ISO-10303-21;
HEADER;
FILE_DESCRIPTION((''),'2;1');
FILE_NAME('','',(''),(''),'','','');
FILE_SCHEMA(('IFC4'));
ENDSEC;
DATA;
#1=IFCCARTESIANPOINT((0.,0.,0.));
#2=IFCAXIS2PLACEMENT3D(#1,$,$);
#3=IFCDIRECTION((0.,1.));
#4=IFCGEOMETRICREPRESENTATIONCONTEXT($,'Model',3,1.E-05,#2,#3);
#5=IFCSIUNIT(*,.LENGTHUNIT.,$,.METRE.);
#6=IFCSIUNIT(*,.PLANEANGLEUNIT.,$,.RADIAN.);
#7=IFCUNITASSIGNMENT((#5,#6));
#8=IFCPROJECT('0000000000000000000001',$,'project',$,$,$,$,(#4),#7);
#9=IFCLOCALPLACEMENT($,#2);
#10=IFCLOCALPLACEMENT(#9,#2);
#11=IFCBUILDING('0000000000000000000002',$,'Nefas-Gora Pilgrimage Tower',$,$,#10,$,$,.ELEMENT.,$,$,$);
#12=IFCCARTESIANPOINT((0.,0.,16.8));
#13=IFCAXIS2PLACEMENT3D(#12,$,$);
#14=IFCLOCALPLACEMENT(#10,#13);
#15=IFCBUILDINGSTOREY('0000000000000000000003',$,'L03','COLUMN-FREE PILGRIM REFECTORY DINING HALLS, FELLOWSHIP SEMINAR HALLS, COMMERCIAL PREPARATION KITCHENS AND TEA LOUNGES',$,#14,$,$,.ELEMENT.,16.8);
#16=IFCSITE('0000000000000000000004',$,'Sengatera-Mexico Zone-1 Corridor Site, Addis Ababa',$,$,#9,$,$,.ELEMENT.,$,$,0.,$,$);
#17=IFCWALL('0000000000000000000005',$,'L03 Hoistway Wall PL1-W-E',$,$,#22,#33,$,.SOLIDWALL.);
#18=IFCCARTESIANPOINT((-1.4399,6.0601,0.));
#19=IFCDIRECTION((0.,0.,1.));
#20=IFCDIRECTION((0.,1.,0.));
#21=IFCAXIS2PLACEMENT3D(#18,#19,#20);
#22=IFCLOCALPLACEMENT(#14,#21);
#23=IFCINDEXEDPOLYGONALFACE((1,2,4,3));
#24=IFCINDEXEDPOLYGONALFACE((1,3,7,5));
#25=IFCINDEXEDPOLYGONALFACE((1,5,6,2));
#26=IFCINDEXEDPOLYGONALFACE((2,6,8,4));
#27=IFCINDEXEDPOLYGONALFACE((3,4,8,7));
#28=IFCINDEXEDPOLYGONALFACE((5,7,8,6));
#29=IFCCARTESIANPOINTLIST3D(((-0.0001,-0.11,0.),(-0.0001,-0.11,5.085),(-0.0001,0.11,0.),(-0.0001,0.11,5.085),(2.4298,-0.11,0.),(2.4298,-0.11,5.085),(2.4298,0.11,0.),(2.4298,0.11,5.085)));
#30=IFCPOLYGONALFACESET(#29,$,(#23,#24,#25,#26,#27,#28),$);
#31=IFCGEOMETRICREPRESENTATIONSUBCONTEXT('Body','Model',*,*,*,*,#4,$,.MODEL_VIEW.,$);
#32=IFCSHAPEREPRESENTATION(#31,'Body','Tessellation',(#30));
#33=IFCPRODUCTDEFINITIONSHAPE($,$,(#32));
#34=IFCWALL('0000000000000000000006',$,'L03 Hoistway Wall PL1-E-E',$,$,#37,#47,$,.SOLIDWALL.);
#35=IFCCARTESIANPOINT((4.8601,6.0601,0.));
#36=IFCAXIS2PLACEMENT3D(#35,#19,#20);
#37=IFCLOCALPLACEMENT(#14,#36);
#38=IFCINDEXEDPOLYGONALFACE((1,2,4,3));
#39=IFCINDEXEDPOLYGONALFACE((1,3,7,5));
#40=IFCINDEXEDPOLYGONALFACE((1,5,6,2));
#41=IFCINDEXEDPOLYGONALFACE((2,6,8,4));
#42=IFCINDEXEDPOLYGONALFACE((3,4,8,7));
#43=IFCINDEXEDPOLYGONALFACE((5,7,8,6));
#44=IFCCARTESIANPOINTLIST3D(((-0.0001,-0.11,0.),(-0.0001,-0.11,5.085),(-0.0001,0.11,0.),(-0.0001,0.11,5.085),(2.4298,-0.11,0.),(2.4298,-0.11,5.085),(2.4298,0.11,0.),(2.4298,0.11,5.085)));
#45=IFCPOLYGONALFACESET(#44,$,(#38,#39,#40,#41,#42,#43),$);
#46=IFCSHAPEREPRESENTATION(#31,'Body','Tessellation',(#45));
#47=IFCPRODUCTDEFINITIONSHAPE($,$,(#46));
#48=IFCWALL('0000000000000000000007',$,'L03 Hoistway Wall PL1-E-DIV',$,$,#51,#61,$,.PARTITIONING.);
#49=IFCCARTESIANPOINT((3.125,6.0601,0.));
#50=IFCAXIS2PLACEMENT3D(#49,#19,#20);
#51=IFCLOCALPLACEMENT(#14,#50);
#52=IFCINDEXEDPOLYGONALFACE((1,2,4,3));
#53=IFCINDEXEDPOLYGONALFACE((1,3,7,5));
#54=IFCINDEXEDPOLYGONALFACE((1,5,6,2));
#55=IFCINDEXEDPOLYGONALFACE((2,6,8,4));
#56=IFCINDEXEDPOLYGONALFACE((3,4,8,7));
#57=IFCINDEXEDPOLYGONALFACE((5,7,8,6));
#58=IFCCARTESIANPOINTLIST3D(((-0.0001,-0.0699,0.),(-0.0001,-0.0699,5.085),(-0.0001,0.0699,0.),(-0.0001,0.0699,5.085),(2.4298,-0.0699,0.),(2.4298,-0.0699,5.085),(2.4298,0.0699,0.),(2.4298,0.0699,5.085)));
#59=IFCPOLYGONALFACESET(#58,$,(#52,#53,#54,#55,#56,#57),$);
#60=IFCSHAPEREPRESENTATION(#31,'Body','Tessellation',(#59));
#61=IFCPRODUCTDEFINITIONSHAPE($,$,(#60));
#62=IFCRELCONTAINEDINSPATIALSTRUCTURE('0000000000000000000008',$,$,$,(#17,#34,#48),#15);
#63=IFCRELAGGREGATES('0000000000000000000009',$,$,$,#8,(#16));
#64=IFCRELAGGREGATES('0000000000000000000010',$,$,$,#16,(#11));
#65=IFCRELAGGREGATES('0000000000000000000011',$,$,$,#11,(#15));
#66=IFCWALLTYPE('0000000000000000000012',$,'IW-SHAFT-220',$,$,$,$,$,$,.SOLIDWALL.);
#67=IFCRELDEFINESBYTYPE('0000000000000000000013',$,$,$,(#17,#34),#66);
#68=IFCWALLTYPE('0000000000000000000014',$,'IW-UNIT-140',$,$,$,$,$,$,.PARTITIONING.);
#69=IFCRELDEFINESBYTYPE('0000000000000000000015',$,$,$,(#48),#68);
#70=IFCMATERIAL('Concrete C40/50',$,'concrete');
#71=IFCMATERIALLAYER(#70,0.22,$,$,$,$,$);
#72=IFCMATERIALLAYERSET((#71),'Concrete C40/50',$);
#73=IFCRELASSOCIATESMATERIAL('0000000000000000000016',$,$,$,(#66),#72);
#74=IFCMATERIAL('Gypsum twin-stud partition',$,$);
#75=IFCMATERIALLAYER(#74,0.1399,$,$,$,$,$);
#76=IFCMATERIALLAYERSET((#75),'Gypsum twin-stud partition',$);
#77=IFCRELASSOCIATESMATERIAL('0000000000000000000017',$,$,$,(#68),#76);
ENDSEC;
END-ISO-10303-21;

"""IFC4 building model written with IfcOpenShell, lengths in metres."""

from ifc_helpers import new_model, si_unit, direction, frame, frame_2d, origin, place, context, subcontext, project, spatial, rectangle, extrude, source, transform, mapped, material, layer, layer_set, type_object, element, save


model = new_model("IFC4")

# Units and contexts
model_context = context("Model", 3, precision=1e-05, world=origin(), true_north=direction((0.0, 1.0)))
body_context = subcontext(model_context, "Body", "Model", "MODEL_VIEW")
ifc_project = project(units=[si_unit("LENGTHUNIT", "METRE"), si_unit("PLANEANGLEUNIT", "RADIAN")], contexts=[model_context])

# Site, building, storey
site_placement = place(None, origin())
site = spatial("IfcSite", under=ifc_project, at=site_placement, Name="Sengatera-Mexico Zone-1 Corridor Site, Addis Ababa", CompositionType="ELEMENT", RefElevation=0.0)
building_placement = place(site_placement, origin())
building = spatial("IfcBuilding", under=site, at=building_placement, Name="Nefas-Gora Pilgrimage Tower", CompositionType="ELEMENT")
storey_placement = place(building_placement, frame((0.0, 0.0, 16.8)))
storey = spatial("IfcBuildingStorey", under=building, at=storey_placement, Name="L03", Description="COLUMN-FREE PILGRIM REFECTORY DINING HALLS, FELLOWSHIP SEMINAR HALLS, COMMERCIAL PREPARATION KITCHENS AND TEA LOUNGES", CompositionType="ELEMENT", Elevation=16.8)

# Shared definitions
ifc_material_1 = material(Name="Concrete C40/50", Category="concrete")
ifc_layer_1 = layer(ifc_material_1, 0.22)
ifc_layer_set_1 = layer_set([ifc_layer_1], Name="Concrete C40/50")
wall_type_1 = type_object("IfcWallType", Name="IW-SHAFT-220", PredefinedType="SOLIDWALL", material=ifc_layer_set_1)

# Walls
shared_shape_1 = source(origin(), body_context, "Body", "SweptSolid", [
    extrude(rectangle(XDim=2.4299, YDim=0.22, at=frame_2d((1.2148, 0.0))), origin(), (0.0, 0.0, 1.0), 5.085),
])
for number, where, z_axis, x_axis, name in (
    (1, (-1.4399, 6.0601, 0.0), (0.0, 0.0, 1.0), (0.0, 1.0, 0.0), "L03 Hoistway Wall PL1-W-E"),
    (2, (4.8601, 6.0601, 0.0), (0.0, 0.0, 1.0), (0.0, 1.0, 0.0), "L03 Hoistway Wall PL1-E-E"),
):
    element("IfcWall", number, at=place(storey_placement, frame(where, z_axis=z_axis, x_axis=x_axis)), inside=storey, type_object=wall_type_1, Name=name, PredefinedType="SOLIDWALL", context=body_context, shape_type="MappedRepresentation", body=[
        mapped(shared_shape_1, transform((0.0, 0.0, 0.0), x_axis=(1.0, 0.0, 0.0), y_axis=(0.0, 1.0, 0.0), z_axis=(0.0, 0.0, 1.0), scale=1.0)),
    ])
ifc_material_2 = material(Name="Gypsum twin-stud partition")
ifc_layer_2 = layer(ifc_material_2, 0.1399)
ifc_layer_set_2 = layer_set([ifc_layer_2], Name="Gypsum twin-stud partition")
wall_type_2 = type_object("IfcWallType", Name="IW-UNIT-140", PredefinedType="PARTITIONING", material=ifc_layer_set_2)
shared_shape_2 = source(origin(), body_context, "Body", "SweptSolid", [
    extrude(rectangle(XDim=2.4299, YDim=0.1399, at=frame_2d((1.2148, 0.0))), origin(), (0.0, 0.0, 1.0), 5.085),
])
wall_1_placement = place(storey_placement, frame((3.125, 6.0601, 0.0), z_axis=(0.0, 0.0, 1.0), x_axis=(0.0, 1.0, 0.0)))
element("IfcWall", 3, at=wall_1_placement, inside=storey, type_object=wall_type_2, Name="L03 Hoistway Wall PL1-E-DIV", PredefinedType="PARTITIONING", context=body_context, shape_type="MappedRepresentation", body=[
    mapped(shared_shape_2, transform((0.0, 0.0, 0.0), x_axis=(1.0, 0.0, 0.0), y_axis=(0.0, 1.0, 0.0), z_axis=(0.0, 0.0, 1.0), scale=1.0)),
])

save(model, "model.ifc")
